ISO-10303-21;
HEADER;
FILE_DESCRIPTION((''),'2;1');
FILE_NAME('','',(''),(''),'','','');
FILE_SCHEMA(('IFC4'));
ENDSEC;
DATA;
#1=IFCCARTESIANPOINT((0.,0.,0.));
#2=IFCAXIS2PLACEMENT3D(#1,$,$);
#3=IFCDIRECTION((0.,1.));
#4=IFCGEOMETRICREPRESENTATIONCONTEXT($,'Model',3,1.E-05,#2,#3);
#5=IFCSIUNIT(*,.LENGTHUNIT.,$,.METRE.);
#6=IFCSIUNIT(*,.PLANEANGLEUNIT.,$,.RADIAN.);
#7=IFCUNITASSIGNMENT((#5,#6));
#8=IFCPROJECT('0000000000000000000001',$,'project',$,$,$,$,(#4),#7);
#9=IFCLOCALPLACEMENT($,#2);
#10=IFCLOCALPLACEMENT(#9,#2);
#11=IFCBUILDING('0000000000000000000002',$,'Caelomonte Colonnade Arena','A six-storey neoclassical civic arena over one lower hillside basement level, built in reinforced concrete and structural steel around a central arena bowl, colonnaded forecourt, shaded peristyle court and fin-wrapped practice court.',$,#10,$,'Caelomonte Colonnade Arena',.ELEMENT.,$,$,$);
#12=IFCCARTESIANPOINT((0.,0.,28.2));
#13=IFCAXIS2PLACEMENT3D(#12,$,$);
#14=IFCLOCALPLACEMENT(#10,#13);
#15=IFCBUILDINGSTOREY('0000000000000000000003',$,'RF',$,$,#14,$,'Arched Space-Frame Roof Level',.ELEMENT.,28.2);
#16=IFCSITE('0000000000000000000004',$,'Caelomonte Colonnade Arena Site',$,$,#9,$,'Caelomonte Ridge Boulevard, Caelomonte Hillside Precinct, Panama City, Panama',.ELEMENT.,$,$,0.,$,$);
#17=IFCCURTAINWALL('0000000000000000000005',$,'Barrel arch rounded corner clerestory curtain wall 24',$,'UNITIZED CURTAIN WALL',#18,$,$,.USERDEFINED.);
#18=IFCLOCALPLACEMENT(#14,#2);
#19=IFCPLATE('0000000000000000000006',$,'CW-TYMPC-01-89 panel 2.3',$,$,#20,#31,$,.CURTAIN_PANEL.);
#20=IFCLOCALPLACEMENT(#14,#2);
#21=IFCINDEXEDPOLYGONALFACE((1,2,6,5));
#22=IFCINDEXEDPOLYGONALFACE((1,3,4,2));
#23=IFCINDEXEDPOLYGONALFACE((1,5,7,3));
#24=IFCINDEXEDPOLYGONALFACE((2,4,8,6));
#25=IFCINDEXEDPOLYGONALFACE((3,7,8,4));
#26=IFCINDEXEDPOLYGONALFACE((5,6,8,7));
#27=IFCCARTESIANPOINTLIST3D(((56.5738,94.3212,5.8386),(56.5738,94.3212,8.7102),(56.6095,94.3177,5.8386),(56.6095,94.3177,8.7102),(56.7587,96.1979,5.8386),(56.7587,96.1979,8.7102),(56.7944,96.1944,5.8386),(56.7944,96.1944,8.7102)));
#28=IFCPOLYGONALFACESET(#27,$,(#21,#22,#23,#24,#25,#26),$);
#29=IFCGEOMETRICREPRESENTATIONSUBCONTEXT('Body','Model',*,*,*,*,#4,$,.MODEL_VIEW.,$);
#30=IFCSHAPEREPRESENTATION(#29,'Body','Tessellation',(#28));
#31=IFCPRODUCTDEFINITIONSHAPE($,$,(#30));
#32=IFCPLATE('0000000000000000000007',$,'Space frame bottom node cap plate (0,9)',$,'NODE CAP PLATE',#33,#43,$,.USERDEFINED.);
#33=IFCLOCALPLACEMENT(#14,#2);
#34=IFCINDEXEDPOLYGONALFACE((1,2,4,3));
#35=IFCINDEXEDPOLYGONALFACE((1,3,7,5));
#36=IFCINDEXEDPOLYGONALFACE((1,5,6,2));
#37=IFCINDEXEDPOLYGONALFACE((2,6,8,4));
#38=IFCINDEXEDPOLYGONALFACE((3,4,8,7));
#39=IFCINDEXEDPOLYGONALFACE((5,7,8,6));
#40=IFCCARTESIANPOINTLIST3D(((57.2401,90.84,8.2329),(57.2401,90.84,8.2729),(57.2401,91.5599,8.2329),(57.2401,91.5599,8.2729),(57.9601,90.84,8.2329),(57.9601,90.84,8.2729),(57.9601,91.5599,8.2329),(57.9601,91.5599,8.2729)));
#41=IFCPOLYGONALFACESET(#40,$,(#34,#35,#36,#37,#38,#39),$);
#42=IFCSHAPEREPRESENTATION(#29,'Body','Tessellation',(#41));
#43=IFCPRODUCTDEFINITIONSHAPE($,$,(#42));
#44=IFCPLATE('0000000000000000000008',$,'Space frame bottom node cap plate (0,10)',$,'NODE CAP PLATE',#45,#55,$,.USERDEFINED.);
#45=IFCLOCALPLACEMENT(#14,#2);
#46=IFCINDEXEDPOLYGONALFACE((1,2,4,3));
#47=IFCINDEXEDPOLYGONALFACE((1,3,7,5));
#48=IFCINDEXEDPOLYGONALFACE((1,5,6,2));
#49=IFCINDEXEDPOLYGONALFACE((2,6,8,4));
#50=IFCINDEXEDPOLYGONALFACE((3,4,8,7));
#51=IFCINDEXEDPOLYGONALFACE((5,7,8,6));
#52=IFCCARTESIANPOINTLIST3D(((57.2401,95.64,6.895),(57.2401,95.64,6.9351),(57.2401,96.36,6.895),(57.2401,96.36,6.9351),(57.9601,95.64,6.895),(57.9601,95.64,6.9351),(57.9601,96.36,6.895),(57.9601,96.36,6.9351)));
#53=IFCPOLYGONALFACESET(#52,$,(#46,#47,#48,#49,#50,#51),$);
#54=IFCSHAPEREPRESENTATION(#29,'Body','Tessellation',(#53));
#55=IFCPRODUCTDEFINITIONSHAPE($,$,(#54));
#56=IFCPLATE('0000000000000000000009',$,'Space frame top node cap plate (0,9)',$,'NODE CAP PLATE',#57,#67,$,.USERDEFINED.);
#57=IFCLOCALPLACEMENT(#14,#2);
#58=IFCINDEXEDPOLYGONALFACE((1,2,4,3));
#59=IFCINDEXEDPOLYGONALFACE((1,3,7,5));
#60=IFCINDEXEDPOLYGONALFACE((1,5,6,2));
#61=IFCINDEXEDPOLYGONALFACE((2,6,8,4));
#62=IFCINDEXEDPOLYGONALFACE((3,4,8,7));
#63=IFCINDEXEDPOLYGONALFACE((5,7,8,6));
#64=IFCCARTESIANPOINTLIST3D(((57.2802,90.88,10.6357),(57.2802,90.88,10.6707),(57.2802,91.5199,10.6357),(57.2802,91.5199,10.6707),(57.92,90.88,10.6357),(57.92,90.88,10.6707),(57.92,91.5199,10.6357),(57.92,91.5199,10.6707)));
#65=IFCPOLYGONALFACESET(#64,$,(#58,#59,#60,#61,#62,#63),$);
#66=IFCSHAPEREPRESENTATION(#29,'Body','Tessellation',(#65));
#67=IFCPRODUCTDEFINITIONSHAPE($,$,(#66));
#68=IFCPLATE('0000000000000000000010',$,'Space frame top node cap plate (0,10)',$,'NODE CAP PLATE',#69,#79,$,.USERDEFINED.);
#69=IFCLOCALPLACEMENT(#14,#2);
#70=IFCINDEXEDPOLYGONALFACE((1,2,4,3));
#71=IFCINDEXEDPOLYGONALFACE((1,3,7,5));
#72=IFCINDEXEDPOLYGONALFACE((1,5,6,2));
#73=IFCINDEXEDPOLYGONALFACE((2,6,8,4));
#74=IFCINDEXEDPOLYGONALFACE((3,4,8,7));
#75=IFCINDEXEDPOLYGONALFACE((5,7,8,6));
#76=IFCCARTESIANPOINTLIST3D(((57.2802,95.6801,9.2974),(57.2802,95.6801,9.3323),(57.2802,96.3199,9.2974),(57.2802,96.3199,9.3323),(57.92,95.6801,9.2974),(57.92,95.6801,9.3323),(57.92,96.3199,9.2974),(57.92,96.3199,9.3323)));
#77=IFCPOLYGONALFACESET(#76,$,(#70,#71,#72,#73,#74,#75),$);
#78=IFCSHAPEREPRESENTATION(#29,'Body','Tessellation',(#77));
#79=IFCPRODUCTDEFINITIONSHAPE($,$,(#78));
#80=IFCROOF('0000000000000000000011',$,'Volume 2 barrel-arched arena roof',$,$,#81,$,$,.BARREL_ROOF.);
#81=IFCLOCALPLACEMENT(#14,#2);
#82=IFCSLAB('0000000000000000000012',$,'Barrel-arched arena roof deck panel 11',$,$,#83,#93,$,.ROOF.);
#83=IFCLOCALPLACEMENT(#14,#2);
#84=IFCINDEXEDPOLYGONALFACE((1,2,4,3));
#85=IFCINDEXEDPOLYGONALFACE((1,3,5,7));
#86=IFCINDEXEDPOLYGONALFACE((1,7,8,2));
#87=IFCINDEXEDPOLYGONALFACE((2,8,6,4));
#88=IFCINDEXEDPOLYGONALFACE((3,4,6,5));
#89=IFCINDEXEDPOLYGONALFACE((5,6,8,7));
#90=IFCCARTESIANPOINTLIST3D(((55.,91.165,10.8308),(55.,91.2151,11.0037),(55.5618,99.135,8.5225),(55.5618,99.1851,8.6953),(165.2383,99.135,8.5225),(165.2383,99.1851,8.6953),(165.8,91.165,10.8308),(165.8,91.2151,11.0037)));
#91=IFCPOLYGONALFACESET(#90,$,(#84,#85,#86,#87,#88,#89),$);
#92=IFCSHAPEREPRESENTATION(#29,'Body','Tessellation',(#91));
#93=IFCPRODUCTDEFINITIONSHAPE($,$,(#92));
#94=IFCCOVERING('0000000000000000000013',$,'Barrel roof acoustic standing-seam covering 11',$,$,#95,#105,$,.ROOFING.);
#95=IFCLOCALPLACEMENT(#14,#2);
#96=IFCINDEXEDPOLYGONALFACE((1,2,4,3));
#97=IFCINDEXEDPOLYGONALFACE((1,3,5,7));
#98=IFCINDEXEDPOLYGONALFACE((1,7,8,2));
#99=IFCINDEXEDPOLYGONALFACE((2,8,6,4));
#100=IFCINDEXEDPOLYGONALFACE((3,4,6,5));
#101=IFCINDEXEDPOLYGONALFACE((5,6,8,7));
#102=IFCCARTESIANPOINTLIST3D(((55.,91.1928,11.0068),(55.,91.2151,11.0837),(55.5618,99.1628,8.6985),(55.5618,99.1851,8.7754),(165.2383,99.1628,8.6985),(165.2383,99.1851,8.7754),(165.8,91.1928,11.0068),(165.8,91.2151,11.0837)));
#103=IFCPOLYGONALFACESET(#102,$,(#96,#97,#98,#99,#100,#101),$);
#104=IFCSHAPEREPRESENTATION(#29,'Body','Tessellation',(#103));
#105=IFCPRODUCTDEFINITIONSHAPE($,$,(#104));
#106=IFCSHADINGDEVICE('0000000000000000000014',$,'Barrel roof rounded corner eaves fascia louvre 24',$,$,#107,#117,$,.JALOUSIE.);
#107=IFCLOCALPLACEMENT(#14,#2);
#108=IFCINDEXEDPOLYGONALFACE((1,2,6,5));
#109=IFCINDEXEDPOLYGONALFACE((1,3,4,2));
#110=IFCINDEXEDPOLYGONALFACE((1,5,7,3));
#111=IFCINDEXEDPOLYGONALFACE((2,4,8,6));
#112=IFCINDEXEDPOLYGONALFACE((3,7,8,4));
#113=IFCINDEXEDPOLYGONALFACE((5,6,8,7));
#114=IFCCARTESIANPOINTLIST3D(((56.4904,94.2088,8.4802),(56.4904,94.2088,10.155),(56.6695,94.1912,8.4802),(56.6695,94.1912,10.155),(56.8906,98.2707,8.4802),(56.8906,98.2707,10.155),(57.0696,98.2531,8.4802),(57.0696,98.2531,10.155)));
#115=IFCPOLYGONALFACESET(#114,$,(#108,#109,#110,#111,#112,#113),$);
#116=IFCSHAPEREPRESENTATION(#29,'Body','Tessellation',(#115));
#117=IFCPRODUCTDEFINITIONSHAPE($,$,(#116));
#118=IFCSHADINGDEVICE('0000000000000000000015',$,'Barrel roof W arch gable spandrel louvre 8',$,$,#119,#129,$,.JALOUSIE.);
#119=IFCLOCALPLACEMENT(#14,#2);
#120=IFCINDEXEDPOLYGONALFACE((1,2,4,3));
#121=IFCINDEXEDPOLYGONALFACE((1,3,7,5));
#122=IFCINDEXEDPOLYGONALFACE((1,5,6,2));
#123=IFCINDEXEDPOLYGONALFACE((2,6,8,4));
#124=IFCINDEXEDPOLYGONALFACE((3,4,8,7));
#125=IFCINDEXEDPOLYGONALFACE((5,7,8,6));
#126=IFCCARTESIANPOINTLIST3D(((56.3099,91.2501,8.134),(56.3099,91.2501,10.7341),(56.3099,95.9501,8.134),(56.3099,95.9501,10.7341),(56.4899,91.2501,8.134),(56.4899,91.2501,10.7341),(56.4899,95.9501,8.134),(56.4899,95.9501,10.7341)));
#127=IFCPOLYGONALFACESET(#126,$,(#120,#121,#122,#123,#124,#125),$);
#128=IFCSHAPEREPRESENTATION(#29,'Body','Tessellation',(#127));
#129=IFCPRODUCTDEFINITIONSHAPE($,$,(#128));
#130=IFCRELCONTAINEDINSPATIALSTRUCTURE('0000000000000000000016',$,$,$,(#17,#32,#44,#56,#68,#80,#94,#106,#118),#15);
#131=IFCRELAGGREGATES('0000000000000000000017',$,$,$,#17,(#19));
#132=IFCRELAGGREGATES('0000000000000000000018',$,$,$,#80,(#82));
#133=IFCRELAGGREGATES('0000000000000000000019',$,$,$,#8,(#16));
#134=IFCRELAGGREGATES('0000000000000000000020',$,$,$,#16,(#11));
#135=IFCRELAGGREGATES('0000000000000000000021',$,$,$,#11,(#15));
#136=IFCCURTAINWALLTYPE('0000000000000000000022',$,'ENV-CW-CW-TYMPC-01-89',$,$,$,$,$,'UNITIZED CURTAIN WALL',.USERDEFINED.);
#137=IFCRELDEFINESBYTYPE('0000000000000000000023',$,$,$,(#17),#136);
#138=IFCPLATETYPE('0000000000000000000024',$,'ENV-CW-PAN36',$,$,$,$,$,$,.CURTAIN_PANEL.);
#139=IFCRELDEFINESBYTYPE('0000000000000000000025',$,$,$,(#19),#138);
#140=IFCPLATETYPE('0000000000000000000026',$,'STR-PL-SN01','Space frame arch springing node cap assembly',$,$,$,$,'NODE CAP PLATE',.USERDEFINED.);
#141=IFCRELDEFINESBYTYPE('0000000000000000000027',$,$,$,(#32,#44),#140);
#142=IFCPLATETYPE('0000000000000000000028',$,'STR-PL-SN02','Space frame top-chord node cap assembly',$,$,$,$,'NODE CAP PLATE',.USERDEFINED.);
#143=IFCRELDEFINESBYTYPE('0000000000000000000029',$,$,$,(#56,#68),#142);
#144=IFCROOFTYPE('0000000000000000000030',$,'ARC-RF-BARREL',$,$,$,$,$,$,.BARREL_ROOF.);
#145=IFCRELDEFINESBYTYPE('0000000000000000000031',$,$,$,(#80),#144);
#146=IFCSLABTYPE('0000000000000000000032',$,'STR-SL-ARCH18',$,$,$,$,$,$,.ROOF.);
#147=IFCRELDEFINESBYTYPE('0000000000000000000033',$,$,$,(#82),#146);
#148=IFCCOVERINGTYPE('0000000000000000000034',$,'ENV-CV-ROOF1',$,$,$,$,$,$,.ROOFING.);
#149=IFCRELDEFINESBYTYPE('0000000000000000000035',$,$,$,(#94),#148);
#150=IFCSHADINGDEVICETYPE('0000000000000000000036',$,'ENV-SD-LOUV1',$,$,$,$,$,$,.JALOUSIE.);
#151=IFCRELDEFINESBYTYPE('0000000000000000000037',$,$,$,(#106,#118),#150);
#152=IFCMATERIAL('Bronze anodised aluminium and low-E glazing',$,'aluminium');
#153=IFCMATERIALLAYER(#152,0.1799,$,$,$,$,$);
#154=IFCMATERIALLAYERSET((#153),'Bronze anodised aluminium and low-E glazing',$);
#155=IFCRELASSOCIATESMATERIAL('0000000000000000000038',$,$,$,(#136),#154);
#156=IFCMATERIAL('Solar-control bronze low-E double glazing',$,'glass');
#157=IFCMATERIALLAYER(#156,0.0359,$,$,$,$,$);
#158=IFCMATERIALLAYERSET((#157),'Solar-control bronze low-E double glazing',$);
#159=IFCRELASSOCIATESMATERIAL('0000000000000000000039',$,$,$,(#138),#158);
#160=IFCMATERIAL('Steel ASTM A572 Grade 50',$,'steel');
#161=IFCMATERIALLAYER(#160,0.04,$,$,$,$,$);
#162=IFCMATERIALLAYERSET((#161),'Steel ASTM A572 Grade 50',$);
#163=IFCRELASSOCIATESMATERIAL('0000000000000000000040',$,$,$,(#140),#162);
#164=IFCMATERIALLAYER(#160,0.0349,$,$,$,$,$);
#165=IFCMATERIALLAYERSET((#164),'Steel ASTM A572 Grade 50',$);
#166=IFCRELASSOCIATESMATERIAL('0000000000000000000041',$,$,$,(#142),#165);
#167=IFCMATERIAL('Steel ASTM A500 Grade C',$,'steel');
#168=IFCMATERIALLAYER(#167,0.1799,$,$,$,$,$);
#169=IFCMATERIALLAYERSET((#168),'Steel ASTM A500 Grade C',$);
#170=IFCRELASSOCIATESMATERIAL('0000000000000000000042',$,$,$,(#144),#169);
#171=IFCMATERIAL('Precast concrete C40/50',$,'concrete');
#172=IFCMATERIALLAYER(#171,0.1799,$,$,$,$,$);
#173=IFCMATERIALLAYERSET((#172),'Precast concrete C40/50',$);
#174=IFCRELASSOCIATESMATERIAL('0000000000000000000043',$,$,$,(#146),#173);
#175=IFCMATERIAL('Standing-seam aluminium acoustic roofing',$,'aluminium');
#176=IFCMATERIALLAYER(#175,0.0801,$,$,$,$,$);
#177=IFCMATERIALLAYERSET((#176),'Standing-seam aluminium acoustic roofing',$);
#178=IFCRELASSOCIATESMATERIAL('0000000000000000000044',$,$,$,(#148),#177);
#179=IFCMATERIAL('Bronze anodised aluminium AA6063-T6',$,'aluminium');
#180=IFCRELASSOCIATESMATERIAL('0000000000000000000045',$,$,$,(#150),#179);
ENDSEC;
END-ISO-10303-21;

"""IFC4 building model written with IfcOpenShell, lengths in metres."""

from ifc_helpers import new_model, si_unit, direction, frame, origin, origin_2d, place, context, subcontext, project, spatial, polyline, rectangle, outline, extrude, material, layer, layer_set, type_object, element, aggregate, save


model = new_model("IFC4")

# Units and contexts
model_context = context("Model", 3, precision=1e-05, world=origin(), true_north=direction((0.0, 1.0)))
body_context = subcontext(model_context, "Body", "Model", "MODEL_VIEW")
ifc_project = project(units=[si_unit("LENGTHUNIT", "METRE"), si_unit("PLANEANGLEUNIT", "RADIAN")], contexts=[model_context])

# Site, building, storey
site_placement = place(None, origin())
site = spatial("IfcSite", under=ifc_project, at=site_placement, Name="Caelomonte Colonnade Arena Site", LongName="Caelomonte Ridge Boulevard, Caelomonte Hillside Precinct, Panama City, Panama", CompositionType="ELEMENT", RefElevation=0.0)
building_placement = place(site_placement, origin())
building = spatial("IfcBuilding", under=site, at=building_placement, Name="Caelomonte Colonnade Arena", Description="A six-storey neoclassical civic arena over one lower hillside basement level, built in reinforced concrete and structural steel around a central arena bowl, colonnaded forecourt, shaded peristyle court and fin-wrapped practice court.", LongName="Caelomonte Colonnade Arena", CompositionType="ELEMENT")
storey_placement = place(building_placement, frame((0.0, 0.0, 28.2)))
storey = spatial("IfcBuildingStorey", under=building, at=storey_placement, Name="RF", LongName="Arched Space-Frame Roof Level", CompositionType="ELEMENT", Elevation=28.2)

# Curtain wall
ifc_material_1 = material(Name="Bronze anodised aluminium and low-E glazing", Category="aluminium")
ifc_material_2 = material(Name="Bronze anodised aluminium AA6063-T6", Category="aluminium")
ifc_layer_1 = layer(ifc_material_1, 0.1799)
ifc_layer_set_1 = layer_set([ifc_layer_1], Name="Bronze anodised aluminium and low-E glazing")
curtain_wall_type_1 = type_object("IfcCurtainWallType", Name="ENV-CW-CW-TYMPC-01-89", ElementType="UNITIZED CURTAIN WALL", PredefinedType="USERDEFINED", material=ifc_layer_set_1)
curtain_wall_1_placement = place(storey_placement, origin())
curtain_wall_1 = element("IfcCurtainWall", 1, at=curtain_wall_1_placement, inside=storey, type_object=curtain_wall_type_1, Name="Barrel arch rounded corner clerestory curtain wall 24", ObjectType="UNITIZED CURTAIN WALL", PredefinedType="USERDEFINED")

# Shared definitions
ifc_material_3 = material(Name="Steel ASTM A500 Grade C", Category="steel")

# Plate
ifc_material_4 = material(Name="Solar-control bronze low-E double glazing", Category="glass")
ifc_layer_2 = layer(ifc_material_4, 0.0359)
ifc_layer_set_2 = layer_set([ifc_layer_2], Name="Solar-control bronze low-E double glazing")
plate_type_1 = type_object("IfcPlateType", Name="ENV-CW-PAN36", PredefinedType="CURTAIN_PANEL", material=ifc_layer_set_2)
plate_1_placement = place(storey_placement, frame((56.6841, 95.2578, 5.8386), z_axis=(0.0, 0.0, 1.0), x_axis=(-0.098031, -0.995183, 0.0)))
plate_1 = element("IfcPlate", 2, at=plate_1_placement, type_object=plate_type_1, Name="CW-TYMPC-01-89 panel 2.3", PredefinedType="CURTAIN_PANEL", context=body_context, shape_type="SweptSolid", body=[
    extrude(rectangle(XDim=1.8857, YDim=0.0359, at=origin_2d()), origin(), (0.0, 0.0, 1.0), 2.8716),
])
aggregate(curtain_wall_1, [plate_1])

# Plates
ifc_material_5 = material(Name="Steel ASTM A572 Grade 50", Category="steel")
ifc_layer_3 = layer(ifc_material_5, 0.04)
ifc_layer_set_3 = layer_set([ifc_layer_3], Name="Steel ASTM A572 Grade 50")
plate_type_2 = type_object("IfcPlateType", Name="STR-PL-SN01", Description="Space frame arch springing node cap assembly", ElementType="NODE CAP PLATE", PredefinedType="USERDEFINED", material=ifc_layer_set_3)
for number, where, z_axis, x_axis, name in (
    (3, (57.6001, 91.2, 8.2329), (0.0, 0.0, 1.0), (1.0, 0.0, 0.0), "Space frame bottom node cap plate (0,9)"),
    (4, (57.6001, 96.0, 6.895), (0.0, 0.0, 1.0), (1.0, 0.0, 0.0), "Space frame bottom node cap plate (0,10)"),
):
    element("IfcPlate", number, at=place(storey_placement, frame(where, z_axis=z_axis, x_axis=x_axis)), inside=storey, type_object=plate_type_2, Name=name, ObjectType="NODE CAP PLATE", PredefinedType="USERDEFINED", context=body_context, shape_type="SweptSolid", body=[
        extrude(rectangle(XDim=0.72, YDim=0.72, at=origin_2d()), origin(), (0.0, 0.0, 1.0), 0.04),
    ])
ifc_layer_4 = layer(ifc_material_5, 0.0349)
ifc_layer_set_4 = layer_set([ifc_layer_4], Name="Steel ASTM A572 Grade 50")
plate_type_3 = type_object("IfcPlateType", Name="STR-PL-SN02", Description="Space frame top-chord node cap assembly", ElementType="NODE CAP PLATE", PredefinedType="USERDEFINED", material=ifc_layer_set_4)
for number, where, z_axis, x_axis, name in (
    (5, (57.6001, 91.2, 10.6357), (0.0, 0.0, 1.0), (1.0, 0.0, 0.0), "Space frame top node cap plate (0,9)"),
    (6, (57.6001, 96.0, 9.2974), (0.0, 0.0, 1.0), (1.0, 0.0, 0.0), "Space frame top node cap plate (0,10)"),
):
    element("IfcPlate", number, at=place(storey_placement, frame(where, z_axis=z_axis, x_axis=x_axis)), inside=storey, type_object=plate_type_3, Name=name, ObjectType="NODE CAP PLATE", PredefinedType="USERDEFINED", context=body_context, shape_type="SweptSolid", body=[
        extrude(rectangle(XDim=0.6399, YDim=0.6399, at=origin_2d()), origin(), (0.0, 0.0, 1.0), 0.0349),
    ])

# Roof, slab
ifc_layer_5 = layer(ifc_material_3, 0.1799)
ifc_layer_set_5 = layer_set([ifc_layer_5], Name="Steel ASTM A500 Grade C")
roof_type = type_object("IfcRoofType", Name="ARC-RF-BARREL", PredefinedType="BARREL_ROOF", material=ifc_layer_set_5)
roof_placement = place(storey_placement, origin())
roof = element("IfcRoof", 7, at=roof_placement, inside=storey, type_object=roof_type, Name="Volume 2 barrel-arched arena roof", PredefinedType="BARREL_ROOF")
ifc_material_6 = material(Name="Precast concrete C40/50", Category="concrete")
ifc_layer_6 = layer(ifc_material_6, 0.1799)
ifc_layer_set_6 = layer_set([ifc_layer_6], Name="Precast concrete C40/50")
slab_type = type_object("IfcSlabType", Name="STR-SL-ARCH18", PredefinedType="ROOF", material=ifc_layer_set_6)
slab_placement = place(storey_placement, frame((55.0, 91.2151, 11.0037), z_axis=(0.0, 0.278197, 0.960524), x_axis=(1.0, 0.0, 0.0)))
slab = element("IfcSlab", 8, at=slab_placement, type_object=slab_type, Name="Barrel-arched arena roof deck panel 11", PredefinedType="ROOF", context=body_context, shape_type="SweptSolid", body=[
    extrude(outline(polyline([(0.0, 0.0), (110.8, 0.0), (110.2383, 8.2975), (0.5618, 8.2975), (0.0, 0.0)])), origin(), (0.0, 0.0, -1.0), 0.1799),
])
aggregate(roof, [slab])

# Covering
ifc_material_7 = material(Name="Standing-seam aluminium acoustic roofing", Category="aluminium")
ifc_layer_7 = layer(ifc_material_7, 0.0801)
ifc_layer_set_7 = layer_set([ifc_layer_7], Name="Standing-seam aluminium acoustic roofing")
covering_type = type_object("IfcCoveringType", Name="ENV-CV-ROOF1", PredefinedType="ROOFING", material=ifc_layer_set_7)
covering_placement = place(storey_placement, frame((55.0, 91.2151, 11.0837), z_axis=(0.0, 0.278197, 0.960524), x_axis=(1.0, 0.0, 0.0)))
element("IfcCovering", 9, at=covering_placement, inside=storey, type_object=covering_type, Name="Barrel roof acoustic standing-seam covering 11", PredefinedType="ROOFING", context=body_context, shape_type="SweptSolid", body=[
    extrude(outline(polyline([(0.0, 0.0), (110.8, 0.0), (110.2383, 8.2975), (0.5618, 8.2975), (0.0, 0.0)])), origin(), (0.0, 0.0, -1.0), 0.0801),
])

# Shading devices
shading_device_type = type_object("IfcShadingDeviceType", Name="ENV-SD-LOUV1", PredefinedType="JALOUSIE", material=ifc_material_2)
shading_device_1_placement = place(storey_placement, frame((56.78, 96.231, 8.4802), z_axis=(0.0, 0.0, 1.0), x_axis=(-0.098029, -0.995184, 0.0)))
element("IfcShadingDevice", 10, at=shading_device_1_placement, inside=storey, type_object=shading_device_type, Name="Barrel roof rounded corner eaves fascia louvre 24", PredefinedType="JALOUSIE", context=body_context, shape_type="SweptSolid", body=[
    extrude(rectangle(XDim=4.0815, YDim=0.1799, at=origin_2d()), origin(), (0.0, 0.0, 1.0), 1.6748),
])
shading_device_2_placement = place(storey_placement, frame((56.3999, 93.6001, 8.134), z_axis=(0.0, 0.0, 1.0), x_axis=(1.0, 0.0, 0.0)))
element("IfcShadingDevice", 11, at=shading_device_2_placement, inside=storey, type_object=shading_device_type, Name="Barrel roof W arch gable spandrel louvre 8", PredefinedType="JALOUSIE", context=body_context, shape_type="SweptSolid", body=[
    extrude(rectangle(XDim=0.1799, YDim=4.7, at=origin_2d()), origin(), (0.0, 0.0, 1.0), 2.6001),
])

save(model, "model.ifc")
